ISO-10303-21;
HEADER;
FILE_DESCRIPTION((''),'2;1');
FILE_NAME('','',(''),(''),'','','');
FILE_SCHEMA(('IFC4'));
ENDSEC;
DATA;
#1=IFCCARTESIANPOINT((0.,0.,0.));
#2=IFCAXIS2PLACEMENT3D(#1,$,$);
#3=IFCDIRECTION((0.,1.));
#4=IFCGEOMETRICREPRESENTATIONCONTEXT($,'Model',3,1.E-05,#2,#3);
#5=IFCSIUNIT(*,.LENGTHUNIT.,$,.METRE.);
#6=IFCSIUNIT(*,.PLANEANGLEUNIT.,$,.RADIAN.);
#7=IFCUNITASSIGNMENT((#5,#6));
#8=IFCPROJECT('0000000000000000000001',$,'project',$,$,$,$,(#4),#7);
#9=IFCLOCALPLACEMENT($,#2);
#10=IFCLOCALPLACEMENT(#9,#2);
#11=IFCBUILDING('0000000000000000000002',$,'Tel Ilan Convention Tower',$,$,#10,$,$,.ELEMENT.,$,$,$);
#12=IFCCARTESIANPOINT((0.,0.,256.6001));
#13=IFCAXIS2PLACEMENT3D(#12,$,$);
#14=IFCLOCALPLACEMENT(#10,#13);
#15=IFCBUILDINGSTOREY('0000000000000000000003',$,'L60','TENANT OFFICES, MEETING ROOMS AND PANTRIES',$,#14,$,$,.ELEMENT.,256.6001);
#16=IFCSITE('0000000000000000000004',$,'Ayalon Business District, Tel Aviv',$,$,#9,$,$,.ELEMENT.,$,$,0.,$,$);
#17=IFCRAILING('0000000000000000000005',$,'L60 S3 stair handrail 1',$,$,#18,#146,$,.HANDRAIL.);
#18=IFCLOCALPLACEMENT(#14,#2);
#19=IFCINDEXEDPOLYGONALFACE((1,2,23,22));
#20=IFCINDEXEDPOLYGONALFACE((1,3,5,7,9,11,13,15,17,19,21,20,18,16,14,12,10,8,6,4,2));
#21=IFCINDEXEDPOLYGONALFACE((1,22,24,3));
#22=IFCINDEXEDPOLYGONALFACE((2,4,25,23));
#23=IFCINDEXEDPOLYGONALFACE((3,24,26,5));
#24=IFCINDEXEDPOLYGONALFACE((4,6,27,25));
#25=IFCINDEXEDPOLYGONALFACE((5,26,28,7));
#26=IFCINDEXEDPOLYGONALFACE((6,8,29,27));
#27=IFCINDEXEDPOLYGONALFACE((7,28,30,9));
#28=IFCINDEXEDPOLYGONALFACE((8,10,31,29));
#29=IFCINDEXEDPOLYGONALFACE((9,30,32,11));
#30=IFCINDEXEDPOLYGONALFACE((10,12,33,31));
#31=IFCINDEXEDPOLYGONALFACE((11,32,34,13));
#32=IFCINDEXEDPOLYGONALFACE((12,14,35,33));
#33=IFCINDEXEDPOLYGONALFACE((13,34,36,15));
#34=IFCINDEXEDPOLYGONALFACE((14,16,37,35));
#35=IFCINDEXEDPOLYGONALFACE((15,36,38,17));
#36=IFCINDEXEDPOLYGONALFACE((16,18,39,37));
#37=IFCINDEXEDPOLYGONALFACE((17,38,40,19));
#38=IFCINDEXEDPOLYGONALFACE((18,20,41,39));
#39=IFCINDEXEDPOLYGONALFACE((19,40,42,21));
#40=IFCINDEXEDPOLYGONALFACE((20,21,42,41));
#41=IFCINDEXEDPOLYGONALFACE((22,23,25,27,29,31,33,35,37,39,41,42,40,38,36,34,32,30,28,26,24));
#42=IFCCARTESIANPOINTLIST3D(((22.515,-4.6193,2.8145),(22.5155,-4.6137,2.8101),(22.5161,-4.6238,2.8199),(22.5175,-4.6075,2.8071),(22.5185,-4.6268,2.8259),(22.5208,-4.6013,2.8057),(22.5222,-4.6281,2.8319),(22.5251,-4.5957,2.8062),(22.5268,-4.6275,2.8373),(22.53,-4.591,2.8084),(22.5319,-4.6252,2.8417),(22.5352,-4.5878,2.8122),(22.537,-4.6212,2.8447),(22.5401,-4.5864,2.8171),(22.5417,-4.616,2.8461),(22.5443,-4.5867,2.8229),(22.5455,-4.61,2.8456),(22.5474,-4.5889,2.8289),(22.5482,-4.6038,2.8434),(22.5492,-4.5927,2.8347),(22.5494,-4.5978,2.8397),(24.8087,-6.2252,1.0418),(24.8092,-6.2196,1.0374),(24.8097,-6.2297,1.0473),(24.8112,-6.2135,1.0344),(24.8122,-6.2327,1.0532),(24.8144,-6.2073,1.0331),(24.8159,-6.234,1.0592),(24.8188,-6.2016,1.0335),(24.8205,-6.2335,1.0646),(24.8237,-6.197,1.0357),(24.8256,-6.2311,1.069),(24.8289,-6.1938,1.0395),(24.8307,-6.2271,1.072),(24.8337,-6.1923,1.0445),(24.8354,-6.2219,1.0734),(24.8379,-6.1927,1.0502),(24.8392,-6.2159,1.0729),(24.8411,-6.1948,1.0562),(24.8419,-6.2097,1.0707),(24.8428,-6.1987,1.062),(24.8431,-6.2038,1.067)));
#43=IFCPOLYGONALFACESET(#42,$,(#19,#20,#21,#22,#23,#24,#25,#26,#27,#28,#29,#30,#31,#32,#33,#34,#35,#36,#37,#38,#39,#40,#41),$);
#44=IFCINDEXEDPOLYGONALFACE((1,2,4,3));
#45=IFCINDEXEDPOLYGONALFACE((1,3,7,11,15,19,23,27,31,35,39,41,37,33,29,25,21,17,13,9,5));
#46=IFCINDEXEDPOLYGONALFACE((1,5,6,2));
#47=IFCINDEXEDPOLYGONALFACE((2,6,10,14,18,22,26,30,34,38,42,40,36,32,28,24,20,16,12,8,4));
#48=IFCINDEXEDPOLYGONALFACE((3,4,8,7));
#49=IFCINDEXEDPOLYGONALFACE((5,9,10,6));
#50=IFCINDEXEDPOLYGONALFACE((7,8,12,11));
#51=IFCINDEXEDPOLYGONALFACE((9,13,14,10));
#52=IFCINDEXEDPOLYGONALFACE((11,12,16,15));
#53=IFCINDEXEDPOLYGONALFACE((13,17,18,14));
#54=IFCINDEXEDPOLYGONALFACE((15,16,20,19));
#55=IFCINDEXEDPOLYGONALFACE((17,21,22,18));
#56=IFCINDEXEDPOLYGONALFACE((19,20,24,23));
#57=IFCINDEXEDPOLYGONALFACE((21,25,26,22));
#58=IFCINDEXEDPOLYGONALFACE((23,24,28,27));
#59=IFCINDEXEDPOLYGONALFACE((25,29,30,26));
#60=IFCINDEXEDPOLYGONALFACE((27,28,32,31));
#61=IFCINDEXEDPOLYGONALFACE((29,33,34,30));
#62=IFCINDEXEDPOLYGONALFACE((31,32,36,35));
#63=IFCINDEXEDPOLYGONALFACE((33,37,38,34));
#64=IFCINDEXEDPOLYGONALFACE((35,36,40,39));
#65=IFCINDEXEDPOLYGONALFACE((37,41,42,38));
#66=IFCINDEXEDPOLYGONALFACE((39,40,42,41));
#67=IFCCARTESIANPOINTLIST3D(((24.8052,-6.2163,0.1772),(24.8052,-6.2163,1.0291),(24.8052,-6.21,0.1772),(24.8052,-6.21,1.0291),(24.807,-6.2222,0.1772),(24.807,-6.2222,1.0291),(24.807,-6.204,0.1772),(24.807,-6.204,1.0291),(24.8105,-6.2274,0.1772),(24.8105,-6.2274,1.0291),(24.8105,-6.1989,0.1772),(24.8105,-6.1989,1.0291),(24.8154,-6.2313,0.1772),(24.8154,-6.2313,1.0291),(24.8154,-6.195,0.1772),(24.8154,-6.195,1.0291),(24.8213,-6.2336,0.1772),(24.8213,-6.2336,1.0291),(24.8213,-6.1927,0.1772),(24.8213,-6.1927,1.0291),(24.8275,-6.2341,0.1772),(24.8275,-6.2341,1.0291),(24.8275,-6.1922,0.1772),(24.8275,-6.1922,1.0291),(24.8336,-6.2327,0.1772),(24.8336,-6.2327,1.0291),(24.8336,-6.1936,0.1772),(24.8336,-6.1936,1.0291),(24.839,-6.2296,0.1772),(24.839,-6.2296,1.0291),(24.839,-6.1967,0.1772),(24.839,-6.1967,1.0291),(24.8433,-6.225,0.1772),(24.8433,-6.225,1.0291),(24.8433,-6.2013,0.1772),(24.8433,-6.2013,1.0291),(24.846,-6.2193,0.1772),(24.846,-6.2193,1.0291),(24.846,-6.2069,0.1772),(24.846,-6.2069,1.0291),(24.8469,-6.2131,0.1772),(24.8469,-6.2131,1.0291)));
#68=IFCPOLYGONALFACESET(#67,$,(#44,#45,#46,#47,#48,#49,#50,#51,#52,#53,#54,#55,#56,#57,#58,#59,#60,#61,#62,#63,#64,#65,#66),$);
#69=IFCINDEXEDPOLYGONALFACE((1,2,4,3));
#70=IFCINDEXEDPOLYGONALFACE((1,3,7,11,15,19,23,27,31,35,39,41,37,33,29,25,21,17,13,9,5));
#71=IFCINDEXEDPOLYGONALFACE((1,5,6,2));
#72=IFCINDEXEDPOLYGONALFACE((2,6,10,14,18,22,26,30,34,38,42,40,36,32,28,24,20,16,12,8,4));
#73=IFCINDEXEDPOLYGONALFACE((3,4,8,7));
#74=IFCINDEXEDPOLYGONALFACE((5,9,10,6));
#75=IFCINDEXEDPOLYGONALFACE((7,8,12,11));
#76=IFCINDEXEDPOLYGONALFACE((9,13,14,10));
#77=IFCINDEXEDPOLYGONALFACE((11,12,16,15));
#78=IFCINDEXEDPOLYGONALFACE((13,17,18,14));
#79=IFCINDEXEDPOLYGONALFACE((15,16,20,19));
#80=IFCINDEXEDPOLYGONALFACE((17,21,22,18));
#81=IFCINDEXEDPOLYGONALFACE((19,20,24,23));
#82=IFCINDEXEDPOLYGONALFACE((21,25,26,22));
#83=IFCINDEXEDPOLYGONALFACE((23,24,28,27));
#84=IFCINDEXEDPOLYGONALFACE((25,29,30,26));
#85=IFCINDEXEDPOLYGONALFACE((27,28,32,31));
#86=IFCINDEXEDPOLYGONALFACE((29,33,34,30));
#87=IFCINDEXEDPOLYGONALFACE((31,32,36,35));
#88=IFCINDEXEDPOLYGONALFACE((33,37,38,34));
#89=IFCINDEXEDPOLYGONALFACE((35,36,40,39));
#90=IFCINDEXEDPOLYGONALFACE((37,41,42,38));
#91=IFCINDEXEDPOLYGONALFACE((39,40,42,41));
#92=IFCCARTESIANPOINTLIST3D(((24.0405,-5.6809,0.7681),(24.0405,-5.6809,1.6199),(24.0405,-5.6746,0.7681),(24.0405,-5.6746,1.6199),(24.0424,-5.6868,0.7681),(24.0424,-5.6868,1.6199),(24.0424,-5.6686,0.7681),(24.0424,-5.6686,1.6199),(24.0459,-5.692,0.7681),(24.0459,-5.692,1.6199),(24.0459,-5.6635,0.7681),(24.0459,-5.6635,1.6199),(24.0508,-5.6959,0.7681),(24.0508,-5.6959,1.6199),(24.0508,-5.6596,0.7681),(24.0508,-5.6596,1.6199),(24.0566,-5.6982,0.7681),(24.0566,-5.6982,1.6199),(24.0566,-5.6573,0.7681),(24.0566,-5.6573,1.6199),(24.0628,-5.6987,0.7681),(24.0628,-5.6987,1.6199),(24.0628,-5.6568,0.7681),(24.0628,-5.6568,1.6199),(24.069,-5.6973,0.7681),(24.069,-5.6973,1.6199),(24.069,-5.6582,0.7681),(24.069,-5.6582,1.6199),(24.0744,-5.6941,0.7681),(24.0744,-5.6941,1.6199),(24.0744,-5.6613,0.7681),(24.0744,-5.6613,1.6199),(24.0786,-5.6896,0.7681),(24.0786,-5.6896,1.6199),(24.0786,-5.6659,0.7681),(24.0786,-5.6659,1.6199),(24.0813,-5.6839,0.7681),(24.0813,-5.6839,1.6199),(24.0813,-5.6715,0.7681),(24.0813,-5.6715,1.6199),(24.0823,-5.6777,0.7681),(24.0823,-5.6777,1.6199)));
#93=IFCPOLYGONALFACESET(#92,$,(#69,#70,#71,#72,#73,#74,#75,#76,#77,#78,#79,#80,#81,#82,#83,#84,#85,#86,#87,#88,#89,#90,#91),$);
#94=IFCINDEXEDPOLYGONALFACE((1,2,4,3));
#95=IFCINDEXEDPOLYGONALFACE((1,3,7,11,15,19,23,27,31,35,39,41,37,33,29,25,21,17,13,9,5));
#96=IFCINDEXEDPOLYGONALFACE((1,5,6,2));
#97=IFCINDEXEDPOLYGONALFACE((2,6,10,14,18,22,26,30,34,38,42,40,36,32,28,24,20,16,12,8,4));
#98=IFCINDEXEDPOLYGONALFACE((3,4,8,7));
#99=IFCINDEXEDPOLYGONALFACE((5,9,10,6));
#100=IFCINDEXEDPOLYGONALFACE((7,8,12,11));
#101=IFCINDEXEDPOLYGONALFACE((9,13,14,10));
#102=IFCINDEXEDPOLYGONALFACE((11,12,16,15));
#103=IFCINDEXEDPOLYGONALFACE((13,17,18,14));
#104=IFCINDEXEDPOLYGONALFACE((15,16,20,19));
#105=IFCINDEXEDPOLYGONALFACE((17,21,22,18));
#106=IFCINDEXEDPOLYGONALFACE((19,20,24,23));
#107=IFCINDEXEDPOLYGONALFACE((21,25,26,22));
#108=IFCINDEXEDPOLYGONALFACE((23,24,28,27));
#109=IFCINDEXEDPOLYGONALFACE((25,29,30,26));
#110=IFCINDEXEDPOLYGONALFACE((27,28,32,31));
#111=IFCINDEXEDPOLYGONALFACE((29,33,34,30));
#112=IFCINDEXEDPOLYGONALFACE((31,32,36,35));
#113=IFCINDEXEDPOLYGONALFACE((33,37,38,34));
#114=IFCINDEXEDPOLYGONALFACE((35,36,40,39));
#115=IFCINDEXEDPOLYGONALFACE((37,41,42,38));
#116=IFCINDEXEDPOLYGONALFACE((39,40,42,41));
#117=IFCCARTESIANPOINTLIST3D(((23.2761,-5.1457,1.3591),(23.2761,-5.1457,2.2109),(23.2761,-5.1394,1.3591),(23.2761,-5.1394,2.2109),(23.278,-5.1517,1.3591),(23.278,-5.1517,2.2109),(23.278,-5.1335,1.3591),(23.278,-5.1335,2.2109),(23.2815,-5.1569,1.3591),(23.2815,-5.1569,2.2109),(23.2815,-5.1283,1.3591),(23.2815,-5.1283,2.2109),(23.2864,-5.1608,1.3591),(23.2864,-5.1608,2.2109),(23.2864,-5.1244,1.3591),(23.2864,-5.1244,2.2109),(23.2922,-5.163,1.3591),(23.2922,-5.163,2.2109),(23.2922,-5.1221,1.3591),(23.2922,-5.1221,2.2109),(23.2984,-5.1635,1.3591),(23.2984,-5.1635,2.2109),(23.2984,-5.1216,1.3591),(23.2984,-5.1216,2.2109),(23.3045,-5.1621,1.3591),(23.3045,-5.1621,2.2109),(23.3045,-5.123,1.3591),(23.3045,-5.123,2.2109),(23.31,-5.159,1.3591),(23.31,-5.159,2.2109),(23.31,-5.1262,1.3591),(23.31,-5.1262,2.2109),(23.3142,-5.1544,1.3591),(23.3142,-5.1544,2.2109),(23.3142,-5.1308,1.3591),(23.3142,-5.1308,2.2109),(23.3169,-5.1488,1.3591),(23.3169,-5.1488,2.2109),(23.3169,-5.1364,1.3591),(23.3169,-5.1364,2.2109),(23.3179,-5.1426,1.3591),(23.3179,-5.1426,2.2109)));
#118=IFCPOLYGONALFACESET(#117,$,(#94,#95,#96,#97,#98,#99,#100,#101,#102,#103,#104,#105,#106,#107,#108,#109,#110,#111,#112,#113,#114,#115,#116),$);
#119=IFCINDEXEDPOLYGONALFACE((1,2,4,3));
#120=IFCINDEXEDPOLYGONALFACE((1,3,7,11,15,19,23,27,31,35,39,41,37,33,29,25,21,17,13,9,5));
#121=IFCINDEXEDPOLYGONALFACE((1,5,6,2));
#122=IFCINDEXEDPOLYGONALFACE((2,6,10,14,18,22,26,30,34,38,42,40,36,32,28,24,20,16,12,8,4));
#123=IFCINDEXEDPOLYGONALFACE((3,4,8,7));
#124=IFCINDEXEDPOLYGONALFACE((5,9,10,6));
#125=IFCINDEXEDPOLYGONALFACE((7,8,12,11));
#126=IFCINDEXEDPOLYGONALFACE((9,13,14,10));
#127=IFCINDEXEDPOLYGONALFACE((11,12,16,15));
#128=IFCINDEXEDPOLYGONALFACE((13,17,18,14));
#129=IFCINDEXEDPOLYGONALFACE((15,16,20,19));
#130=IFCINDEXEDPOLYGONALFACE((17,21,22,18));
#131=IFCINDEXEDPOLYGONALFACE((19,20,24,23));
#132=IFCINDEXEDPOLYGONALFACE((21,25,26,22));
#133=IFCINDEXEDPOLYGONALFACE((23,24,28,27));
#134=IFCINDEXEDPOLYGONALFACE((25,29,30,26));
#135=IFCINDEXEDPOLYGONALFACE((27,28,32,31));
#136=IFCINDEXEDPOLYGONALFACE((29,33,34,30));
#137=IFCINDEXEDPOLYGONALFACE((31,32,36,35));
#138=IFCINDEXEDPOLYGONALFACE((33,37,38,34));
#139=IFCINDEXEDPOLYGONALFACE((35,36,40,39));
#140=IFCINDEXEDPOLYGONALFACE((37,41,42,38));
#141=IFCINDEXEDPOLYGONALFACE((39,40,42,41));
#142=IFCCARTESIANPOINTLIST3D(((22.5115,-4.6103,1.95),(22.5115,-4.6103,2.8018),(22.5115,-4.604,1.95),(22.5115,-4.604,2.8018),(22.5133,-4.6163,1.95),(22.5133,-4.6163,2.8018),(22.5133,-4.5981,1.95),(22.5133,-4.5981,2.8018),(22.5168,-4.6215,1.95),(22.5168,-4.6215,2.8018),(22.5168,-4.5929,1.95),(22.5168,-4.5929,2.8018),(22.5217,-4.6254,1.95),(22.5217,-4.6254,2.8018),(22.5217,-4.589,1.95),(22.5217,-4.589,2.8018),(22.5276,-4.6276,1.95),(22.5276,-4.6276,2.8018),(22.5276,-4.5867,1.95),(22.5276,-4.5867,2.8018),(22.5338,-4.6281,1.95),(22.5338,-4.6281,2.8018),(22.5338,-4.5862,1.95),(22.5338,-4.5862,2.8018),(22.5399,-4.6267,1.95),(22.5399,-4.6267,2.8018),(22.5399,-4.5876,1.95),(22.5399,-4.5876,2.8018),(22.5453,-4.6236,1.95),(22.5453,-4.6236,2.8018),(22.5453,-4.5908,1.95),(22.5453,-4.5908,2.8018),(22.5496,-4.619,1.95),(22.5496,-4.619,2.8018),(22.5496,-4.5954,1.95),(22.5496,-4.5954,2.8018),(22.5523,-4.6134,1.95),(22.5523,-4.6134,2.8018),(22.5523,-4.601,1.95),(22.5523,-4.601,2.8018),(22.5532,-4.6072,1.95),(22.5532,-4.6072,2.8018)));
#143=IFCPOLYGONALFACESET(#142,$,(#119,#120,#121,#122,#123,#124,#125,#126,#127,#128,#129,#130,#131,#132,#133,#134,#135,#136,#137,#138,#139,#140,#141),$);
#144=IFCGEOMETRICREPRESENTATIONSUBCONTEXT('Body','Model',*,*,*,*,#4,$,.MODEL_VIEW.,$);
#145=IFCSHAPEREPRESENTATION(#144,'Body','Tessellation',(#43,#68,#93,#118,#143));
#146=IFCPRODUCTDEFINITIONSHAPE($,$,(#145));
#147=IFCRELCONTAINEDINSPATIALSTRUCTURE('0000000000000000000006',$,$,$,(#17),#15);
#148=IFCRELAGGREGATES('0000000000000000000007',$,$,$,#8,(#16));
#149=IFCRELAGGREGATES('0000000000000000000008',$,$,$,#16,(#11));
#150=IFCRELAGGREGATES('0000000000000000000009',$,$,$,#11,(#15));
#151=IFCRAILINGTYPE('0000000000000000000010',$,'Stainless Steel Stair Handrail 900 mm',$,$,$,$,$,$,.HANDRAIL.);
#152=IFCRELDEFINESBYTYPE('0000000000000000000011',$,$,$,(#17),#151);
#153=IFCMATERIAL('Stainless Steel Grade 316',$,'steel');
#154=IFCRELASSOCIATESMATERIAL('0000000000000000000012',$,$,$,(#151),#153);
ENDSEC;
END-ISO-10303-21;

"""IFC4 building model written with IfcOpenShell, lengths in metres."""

from ifc_helpers import new_model, si_unit, direction, frame, origin, origin_2d, place, context, subcontext, project, spatial, circle, extrude, material, type_object, element, save


model = new_model("IFC4")

# Units and contexts
model_context = context("Model", 3, precision=1e-05, world=origin(), true_north=direction((0.0, 1.0)))
body_context = subcontext(model_context, "Body", "Model", "MODEL_VIEW")
ifc_project = project(units=[si_unit("LENGTHUNIT", "METRE"), si_unit("PLANEANGLEUNIT", "RADIAN")], contexts=[model_context])

# Site, building, storey
site_placement = place(None, origin())
site = spatial("IfcSite", under=ifc_project, at=site_placement, Name="Ayalon Business District, Tel Aviv", CompositionType="ELEMENT", RefElevation=0.0)
building_placement = place(site_placement, origin())
building = spatial("IfcBuilding", under=site, at=building_placement, Name="Tel Ilan Convention Tower", CompositionType="ELEMENT")
storey_placement = place(building_placement, frame((0.0, 0.0, 256.6001)))
storey = spatial("IfcBuildingStorey", under=building, at=storey_placement, Name="L60", Description="TENANT OFFICES, MEETING ROOMS AND PANTRIES", CompositionType="ELEMENT", Elevation=256.6001)

# Railing
ifc_material_1 = material(Name="Stainless Steel Grade 316", Category="steel")
railing_type_1 = type_object("IfcRailingType", Name="Stainless Steel Stair Handrail 900 mm", PredefinedType="HANDRAIL", material=ifc_material_1)
railing_1_placement = place(storey_placement, frame((24.8259, -6.2131, 0.1772)))
element("IfcRailing", 1, at=railing_1_placement, inside=storey, type_object=railing_type_1, Name="L60 S3 stair handrail 1", PredefinedType="HANDRAIL", context=body_context, shape_type="SweptSolid", body=[
    extrude(circle(Radius=0.0239, at=origin_2d()), frame((0.0, 0.0, 0.876), z_axis=(-0.692123, 0.484597, 0.534913), x_axis=(-0.57355, -0.81917, 0.0)), (0.0, 0.0, 1.0), 3.314),
    extrude(circle(Radius=0.021, at=origin_2d()), origin(), (0.0, 0.0, 1.0), 0.8518),
    extrude(circle(Radius=0.021, at=origin_2d()), frame((-0.7646, 0.5354, 0.5908)), (0.0, 0.0, 1.0), 0.8518),
    extrude(circle(Radius=0.021, at=origin_2d()), frame((-1.5291, 1.0706, 1.1819)), (0.0, 0.0, 1.0), 0.8518),
    extrude(circle(Radius=0.021, at=origin_2d()), frame((-2.2937, 1.606, 1.7727)), (0.0, 0.0, 1.0), 0.8518),
])

save(model, "model.ifc")
